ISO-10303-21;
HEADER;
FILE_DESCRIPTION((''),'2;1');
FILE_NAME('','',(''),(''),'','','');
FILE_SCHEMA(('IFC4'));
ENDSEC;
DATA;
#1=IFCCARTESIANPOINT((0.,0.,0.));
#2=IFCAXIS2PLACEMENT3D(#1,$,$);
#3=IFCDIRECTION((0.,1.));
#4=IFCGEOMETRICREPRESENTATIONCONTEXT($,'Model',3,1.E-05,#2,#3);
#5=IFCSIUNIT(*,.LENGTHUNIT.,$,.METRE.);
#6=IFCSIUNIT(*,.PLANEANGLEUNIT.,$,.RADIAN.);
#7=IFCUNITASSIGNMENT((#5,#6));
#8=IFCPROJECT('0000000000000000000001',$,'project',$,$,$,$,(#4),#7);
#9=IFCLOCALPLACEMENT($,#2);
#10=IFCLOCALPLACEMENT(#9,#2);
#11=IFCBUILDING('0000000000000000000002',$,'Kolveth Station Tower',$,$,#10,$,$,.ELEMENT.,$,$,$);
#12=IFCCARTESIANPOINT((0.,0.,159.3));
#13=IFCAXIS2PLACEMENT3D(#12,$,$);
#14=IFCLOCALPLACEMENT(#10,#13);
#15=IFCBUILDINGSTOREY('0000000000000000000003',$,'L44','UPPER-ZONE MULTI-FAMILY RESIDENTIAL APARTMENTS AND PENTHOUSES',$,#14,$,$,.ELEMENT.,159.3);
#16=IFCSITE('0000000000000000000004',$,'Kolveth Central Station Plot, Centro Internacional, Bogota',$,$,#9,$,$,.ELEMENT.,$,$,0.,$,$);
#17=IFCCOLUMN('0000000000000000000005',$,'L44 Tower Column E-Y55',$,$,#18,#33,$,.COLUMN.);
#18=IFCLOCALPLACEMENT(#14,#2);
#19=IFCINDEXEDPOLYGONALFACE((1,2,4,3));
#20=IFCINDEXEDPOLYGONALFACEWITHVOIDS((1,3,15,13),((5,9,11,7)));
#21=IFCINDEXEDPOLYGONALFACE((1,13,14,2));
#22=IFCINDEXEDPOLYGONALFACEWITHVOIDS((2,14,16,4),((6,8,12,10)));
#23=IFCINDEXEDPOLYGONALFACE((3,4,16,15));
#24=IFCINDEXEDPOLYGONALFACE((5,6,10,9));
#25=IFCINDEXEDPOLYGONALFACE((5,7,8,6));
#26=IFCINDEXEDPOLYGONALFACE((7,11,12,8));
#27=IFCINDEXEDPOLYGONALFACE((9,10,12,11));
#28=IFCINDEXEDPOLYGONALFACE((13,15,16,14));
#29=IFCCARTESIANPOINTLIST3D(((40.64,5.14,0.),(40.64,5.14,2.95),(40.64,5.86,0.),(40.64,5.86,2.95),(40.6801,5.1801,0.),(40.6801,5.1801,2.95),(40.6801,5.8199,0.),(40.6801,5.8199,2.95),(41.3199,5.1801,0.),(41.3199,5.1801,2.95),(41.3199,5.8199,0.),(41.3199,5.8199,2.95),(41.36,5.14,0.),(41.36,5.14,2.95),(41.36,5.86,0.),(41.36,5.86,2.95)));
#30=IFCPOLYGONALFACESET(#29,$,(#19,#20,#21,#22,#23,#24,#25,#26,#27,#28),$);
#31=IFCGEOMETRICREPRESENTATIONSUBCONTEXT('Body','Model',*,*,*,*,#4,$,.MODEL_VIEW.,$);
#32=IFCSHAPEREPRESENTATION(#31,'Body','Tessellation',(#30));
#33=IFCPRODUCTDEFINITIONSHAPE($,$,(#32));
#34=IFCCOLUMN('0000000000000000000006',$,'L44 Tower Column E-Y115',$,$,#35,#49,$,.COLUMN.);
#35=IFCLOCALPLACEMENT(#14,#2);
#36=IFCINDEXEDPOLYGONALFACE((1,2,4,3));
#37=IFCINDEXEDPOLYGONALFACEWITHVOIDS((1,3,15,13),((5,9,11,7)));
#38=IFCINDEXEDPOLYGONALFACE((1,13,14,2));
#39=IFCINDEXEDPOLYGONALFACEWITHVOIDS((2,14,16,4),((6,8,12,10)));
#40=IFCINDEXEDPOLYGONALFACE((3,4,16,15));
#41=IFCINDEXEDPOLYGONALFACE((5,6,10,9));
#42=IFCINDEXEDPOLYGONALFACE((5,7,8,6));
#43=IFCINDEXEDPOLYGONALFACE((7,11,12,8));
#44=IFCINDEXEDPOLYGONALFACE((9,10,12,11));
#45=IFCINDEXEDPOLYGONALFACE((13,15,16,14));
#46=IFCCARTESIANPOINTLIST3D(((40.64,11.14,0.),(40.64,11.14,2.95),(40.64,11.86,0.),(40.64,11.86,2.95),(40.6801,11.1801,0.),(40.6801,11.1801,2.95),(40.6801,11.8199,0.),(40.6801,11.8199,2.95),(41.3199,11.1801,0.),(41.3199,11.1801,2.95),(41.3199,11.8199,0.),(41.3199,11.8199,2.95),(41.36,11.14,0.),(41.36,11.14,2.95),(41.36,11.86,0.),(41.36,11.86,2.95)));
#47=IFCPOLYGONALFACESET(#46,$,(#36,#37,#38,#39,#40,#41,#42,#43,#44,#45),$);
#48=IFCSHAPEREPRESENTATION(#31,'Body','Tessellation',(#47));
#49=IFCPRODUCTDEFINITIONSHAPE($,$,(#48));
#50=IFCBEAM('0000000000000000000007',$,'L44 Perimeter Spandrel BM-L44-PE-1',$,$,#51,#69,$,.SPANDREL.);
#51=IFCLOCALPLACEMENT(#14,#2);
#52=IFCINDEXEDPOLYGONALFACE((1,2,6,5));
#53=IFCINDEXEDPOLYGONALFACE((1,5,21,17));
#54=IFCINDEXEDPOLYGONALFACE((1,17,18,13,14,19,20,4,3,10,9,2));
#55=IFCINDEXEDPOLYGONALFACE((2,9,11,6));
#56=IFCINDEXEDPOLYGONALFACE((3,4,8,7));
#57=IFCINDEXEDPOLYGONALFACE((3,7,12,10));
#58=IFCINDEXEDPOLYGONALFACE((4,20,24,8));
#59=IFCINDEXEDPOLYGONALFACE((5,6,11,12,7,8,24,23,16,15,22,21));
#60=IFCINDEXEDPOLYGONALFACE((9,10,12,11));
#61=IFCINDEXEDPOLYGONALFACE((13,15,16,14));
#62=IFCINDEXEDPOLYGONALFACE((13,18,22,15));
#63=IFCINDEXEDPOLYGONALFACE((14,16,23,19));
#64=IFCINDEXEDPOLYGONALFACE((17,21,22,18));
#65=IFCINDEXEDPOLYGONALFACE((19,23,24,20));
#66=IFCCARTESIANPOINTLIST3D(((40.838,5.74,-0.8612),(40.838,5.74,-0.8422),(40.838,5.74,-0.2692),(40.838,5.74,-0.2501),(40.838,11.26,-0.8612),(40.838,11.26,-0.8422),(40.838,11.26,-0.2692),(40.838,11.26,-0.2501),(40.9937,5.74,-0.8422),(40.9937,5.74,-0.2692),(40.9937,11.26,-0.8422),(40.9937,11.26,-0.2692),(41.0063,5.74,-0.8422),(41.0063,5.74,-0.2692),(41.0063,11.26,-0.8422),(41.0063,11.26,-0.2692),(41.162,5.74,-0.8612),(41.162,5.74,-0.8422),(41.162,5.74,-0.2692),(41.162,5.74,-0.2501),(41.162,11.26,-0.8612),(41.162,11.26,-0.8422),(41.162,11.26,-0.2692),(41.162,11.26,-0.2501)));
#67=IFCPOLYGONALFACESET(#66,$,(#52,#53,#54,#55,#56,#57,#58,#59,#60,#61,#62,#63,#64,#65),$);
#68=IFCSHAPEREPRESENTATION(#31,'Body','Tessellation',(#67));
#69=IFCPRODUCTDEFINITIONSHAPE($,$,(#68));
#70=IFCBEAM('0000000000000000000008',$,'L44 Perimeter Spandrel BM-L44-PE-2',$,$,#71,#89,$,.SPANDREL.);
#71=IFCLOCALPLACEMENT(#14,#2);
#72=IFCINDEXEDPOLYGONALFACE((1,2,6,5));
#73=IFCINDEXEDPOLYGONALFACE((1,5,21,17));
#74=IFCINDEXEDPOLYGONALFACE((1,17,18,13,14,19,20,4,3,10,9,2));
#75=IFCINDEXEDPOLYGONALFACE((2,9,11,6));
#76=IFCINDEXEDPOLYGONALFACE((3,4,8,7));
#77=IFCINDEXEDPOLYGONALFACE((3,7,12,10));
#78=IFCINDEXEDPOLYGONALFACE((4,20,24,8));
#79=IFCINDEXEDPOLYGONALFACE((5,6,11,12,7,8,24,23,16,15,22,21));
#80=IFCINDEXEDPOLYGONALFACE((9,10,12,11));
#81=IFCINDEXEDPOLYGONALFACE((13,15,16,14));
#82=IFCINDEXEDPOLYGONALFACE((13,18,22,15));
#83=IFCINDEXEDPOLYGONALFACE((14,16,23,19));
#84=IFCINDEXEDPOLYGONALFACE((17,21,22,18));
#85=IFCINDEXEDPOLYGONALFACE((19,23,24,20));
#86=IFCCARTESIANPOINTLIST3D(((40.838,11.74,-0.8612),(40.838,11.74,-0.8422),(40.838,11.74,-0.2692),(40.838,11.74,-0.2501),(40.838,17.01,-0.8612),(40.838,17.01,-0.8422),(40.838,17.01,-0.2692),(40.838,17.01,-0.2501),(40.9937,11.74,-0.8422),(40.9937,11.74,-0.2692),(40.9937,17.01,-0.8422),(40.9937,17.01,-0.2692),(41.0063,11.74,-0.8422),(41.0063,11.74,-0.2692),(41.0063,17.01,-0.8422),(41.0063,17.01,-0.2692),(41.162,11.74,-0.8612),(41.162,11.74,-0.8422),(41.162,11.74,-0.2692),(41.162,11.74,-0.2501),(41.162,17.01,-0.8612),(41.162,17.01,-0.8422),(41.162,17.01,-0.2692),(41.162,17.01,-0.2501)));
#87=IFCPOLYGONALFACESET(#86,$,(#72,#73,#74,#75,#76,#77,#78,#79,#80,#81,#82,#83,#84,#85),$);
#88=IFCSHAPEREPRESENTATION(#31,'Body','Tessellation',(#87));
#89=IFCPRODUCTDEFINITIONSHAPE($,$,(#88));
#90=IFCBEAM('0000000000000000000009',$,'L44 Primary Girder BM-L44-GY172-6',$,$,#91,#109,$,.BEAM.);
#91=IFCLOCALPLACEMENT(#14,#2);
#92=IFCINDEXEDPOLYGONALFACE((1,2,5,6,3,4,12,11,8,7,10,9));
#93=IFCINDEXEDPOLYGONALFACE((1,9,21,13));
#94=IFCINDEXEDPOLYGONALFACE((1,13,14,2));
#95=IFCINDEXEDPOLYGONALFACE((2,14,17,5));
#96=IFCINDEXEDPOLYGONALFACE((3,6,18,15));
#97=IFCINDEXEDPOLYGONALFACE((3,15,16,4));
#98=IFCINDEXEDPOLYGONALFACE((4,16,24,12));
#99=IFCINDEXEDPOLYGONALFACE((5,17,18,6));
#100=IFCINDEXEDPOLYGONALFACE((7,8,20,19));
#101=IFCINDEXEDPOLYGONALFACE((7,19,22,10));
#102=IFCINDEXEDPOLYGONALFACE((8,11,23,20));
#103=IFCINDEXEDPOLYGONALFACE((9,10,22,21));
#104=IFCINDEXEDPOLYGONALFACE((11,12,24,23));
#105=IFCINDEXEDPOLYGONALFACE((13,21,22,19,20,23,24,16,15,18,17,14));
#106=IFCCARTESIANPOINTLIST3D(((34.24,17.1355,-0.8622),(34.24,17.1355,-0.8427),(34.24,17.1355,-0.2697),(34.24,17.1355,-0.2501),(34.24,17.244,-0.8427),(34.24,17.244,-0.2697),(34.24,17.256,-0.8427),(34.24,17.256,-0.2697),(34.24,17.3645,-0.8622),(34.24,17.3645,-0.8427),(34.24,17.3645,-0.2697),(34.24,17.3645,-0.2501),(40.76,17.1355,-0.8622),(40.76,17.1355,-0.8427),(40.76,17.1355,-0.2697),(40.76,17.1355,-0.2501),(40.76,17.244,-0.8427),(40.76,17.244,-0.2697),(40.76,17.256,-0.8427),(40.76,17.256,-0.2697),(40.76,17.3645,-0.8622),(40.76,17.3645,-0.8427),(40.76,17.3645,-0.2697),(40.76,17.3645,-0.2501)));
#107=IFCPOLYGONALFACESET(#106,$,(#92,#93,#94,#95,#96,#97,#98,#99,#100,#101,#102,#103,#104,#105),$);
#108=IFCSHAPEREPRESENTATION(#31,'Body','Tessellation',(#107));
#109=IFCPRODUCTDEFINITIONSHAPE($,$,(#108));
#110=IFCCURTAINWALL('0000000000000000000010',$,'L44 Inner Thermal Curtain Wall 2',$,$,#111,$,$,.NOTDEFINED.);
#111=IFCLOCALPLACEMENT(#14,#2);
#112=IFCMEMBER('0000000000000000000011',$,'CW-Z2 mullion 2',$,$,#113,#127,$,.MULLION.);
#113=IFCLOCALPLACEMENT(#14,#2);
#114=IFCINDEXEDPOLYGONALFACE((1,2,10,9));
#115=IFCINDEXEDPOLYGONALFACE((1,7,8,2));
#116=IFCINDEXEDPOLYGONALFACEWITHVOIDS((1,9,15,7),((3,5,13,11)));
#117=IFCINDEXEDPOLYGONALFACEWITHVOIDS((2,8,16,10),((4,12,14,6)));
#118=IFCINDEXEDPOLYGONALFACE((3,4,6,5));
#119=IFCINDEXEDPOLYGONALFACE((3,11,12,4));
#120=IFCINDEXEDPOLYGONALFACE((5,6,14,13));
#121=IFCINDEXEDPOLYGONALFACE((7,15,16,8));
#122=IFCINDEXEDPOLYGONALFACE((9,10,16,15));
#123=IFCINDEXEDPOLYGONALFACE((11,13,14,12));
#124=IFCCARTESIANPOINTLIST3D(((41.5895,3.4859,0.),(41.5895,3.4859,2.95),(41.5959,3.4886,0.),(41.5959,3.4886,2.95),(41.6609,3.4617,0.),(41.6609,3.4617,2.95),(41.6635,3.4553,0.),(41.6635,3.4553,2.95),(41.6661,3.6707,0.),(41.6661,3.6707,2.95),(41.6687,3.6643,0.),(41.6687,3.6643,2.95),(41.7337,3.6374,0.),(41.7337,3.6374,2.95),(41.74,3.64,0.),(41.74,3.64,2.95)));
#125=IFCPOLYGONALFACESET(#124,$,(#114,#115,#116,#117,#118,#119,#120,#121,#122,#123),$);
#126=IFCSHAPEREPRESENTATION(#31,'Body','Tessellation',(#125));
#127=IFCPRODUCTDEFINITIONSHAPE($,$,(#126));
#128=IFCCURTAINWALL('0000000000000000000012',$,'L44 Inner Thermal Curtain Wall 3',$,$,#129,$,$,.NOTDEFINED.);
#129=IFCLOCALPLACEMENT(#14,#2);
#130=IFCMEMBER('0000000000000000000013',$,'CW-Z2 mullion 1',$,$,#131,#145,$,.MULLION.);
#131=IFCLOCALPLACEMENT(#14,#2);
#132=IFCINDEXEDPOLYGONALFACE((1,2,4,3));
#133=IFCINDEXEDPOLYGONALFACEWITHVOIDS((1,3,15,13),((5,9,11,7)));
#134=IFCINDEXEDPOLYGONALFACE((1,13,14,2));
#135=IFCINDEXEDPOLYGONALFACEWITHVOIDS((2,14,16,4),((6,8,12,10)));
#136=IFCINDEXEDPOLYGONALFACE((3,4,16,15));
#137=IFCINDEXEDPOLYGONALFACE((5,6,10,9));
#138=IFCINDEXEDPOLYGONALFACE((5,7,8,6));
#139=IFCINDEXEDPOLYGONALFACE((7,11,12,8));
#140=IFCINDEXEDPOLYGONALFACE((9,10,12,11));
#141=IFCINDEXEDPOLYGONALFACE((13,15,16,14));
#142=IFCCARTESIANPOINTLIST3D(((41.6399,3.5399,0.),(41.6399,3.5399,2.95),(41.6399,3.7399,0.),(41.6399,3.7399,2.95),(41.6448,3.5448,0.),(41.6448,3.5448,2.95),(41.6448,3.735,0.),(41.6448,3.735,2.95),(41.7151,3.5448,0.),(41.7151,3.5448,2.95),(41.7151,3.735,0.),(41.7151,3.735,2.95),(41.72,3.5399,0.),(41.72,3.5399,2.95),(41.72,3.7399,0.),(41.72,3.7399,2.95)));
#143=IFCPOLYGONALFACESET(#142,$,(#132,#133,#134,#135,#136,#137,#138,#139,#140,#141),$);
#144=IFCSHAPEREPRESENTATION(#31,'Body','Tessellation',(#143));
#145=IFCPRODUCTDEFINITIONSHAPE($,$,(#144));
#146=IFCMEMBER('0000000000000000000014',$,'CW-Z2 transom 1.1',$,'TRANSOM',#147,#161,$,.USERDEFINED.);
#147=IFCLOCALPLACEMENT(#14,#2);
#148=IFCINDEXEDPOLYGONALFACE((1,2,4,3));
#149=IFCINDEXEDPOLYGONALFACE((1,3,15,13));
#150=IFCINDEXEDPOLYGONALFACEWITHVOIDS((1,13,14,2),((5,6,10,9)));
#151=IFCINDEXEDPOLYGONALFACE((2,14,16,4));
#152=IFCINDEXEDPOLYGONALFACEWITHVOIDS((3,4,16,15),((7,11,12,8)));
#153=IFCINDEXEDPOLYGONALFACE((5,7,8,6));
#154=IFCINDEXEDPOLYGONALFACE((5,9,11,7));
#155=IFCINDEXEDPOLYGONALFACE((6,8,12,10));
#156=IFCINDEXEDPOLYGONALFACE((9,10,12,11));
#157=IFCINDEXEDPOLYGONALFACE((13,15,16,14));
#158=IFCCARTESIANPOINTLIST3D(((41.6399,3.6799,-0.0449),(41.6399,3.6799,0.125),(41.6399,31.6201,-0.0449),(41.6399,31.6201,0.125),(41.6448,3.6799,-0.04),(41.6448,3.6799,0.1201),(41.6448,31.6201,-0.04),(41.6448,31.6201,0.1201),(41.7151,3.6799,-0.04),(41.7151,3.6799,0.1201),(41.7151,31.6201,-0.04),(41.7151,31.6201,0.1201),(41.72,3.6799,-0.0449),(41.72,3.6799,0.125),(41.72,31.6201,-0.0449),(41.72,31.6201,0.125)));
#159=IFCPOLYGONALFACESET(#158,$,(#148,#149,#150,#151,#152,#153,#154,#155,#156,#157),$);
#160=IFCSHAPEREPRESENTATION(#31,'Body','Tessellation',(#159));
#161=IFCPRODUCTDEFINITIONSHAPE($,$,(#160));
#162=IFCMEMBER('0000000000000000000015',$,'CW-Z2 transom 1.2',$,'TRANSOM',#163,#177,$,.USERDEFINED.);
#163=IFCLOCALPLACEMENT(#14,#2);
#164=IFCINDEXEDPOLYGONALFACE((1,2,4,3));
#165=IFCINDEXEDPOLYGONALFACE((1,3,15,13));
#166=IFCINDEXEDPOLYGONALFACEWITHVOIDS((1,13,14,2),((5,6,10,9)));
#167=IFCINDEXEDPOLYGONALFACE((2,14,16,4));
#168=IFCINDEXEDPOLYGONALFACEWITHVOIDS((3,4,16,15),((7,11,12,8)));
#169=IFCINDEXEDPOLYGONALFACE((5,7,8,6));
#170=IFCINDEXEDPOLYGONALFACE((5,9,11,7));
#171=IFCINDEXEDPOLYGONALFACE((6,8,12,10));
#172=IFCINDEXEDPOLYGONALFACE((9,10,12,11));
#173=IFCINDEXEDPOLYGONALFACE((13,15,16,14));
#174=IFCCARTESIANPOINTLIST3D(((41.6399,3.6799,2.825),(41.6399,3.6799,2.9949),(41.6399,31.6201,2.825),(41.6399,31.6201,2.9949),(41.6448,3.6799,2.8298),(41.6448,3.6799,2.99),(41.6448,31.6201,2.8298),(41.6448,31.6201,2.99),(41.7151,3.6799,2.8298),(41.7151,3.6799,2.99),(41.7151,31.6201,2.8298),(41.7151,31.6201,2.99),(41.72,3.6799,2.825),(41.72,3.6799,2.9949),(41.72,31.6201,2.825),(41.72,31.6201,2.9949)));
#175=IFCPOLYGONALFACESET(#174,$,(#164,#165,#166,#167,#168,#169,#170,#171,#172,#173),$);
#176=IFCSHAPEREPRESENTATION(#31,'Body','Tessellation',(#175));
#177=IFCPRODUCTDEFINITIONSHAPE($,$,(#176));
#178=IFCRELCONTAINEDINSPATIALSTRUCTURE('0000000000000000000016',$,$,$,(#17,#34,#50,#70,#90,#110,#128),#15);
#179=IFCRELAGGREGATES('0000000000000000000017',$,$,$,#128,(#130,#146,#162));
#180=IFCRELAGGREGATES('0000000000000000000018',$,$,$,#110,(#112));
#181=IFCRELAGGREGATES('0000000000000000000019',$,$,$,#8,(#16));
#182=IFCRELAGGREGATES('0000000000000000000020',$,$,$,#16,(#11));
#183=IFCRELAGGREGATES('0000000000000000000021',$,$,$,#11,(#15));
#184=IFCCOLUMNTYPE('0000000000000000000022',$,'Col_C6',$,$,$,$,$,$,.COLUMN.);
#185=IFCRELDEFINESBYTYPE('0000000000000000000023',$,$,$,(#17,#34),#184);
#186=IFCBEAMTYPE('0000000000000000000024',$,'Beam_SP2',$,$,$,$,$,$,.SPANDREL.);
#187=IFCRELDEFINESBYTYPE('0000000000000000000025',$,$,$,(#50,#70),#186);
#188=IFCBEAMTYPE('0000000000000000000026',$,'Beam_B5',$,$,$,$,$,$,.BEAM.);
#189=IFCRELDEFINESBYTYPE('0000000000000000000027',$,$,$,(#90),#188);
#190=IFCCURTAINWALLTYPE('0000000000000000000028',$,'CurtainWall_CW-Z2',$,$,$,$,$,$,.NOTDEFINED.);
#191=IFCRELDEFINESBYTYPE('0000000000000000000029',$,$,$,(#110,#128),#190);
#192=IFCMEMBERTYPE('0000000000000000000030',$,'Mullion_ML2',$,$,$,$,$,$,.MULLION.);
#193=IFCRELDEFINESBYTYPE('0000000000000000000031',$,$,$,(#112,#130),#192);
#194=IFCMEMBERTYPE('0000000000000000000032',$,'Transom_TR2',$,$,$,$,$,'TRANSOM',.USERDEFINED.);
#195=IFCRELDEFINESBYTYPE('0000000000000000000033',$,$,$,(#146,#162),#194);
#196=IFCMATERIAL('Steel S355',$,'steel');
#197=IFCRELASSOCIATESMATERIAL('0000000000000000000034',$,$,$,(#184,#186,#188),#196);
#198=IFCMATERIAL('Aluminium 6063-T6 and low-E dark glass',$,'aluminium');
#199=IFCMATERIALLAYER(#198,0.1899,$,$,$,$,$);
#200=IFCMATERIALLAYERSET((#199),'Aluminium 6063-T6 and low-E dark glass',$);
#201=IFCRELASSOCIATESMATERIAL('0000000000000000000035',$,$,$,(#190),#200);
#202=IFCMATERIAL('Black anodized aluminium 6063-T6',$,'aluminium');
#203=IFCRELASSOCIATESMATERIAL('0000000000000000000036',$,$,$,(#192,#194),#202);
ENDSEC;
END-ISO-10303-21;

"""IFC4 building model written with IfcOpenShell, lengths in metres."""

from ifc_helpers import new_model, si_unit, direction, frame, origin, origin_2d, place, context, subcontext, project, spatial, hollow_rectangle, i_section, extrude, source, transform, mapped, material, layer, layer_set, material_profile, profile_set, type_object, element, aggregate, save


model = new_model("IFC4")

# Units and contexts
model_context = context("Model", 3, precision=1e-05, world=origin(), true_north=direction((0.0, 1.0)))
body_context = subcontext(model_context, "Body", "Model", "MODEL_VIEW")
ifc_project = project(units=[si_unit("LENGTHUNIT", "METRE"), si_unit("PLANEANGLEUNIT", "RADIAN")], contexts=[model_context])

# Site, building, storey
site_placement = place(None, origin())
site = spatial("IfcSite", under=ifc_project, at=site_placement, Name="Kolveth Central Station Plot, Centro Internacional, Bogota", CompositionType="ELEMENT", RefElevation=0.0)
building_placement = place(site_placement, origin())
building = spatial("IfcBuilding", under=site, at=building_placement, Name="Kolveth Station Tower", CompositionType="ELEMENT")
storey_placement = place(building_placement, frame((0.0, 0.0, 159.3)))
storey = spatial("IfcBuildingStorey", under=building, at=storey_placement, Name="L44", Description="UPPER-ZONE MULTI-FAMILY RESIDENTIAL APARTMENTS AND PENTHOUSES", CompositionType="ELEMENT", Elevation=159.3)

# Columns
ifc_material_1 = material(Name="Steel S355", Category="steel")
ifc_material_profile_1 = material_profile(ifc_material_1, hollow_rectangle(XDim=0.72, YDim=0.72, WallThickness=0.04, at=origin_2d()), Name="BOX720x720x40")
ifc_profile_set_1 = profile_set([ifc_material_profile_1], Name="Steel S355")
column_type = type_object("IfcColumnType", Name="Col_C6", PredefinedType="COLUMN", material=ifc_profile_set_1)
shared_shape_1 = source(origin(), body_context, "Body", "SweptSolid", [
    extrude(hollow_rectangle(XDim=0.72, YDim=0.72, WallThickness=0.04, at=origin_2d()), origin(), (0.0, 0.0, 1.0), 2.95),
])
for number, where, z_axis, x_axis, name in (
    (1, (41.0, 5.5, 0.0), (0.0, 0.0, 1.0), (1.0, 0.0, 0.0), "L44 Tower Column E-Y55"),
    (2, (41.0, 11.5, 0.0), (0.0, 0.0, 1.0), (1.0, 0.0, 0.0), "L44 Tower Column E-Y115"),
):
    element("IfcColumn", number, at=place(storey_placement, frame(where, z_axis=z_axis, x_axis=x_axis)), inside=storey, type_object=column_type, Name=name, PredefinedType="COLUMN", context=body_context, shape_type="MappedRepresentation", body=[
        mapped(shared_shape_1, transform((0.0, 0.0, 0.0), x_axis=(1.0, 0.0, 0.0), y_axis=(0.0, 1.0, 0.0), z_axis=(0.0, 0.0, 1.0), scale=1.0)),
    ])

# Beams
ifc_material_profile_2 = material_profile(ifc_material_1, i_section(OverallWidth=0.324, OverallDepth=0.6111, WebThickness=0.0127, FlangeThickness=0.019, at=origin_2d()), Name="W610x155")
ifc_profile_set_2 = profile_set([ifc_material_profile_2], Name="Steel S355")
beam_type_1 = type_object("IfcBeamType", Name="Beam_SP2", PredefinedType="SPANDREL", material=ifc_profile_set_2)
shared_shape_2 = source(origin(), body_context, "Body", "SweptSolid", [
    extrude(i_section(OverallWidth=0.324, OverallDepth=0.6111, WebThickness=0.0127, FlangeThickness=0.019, at=origin_2d()), origin(), (0.0, 0.0, 1.0), 5.52),
])
beam_1_placement = place(storey_placement, frame((41.0, 5.74, -0.5557), z_axis=(0.0, 1.0, 0.0), x_axis=(-1.0, 0.0, 0.0)))
element("IfcBeam", 3, at=beam_1_placement, inside=storey, type_object=beam_type_1, Name="L44 Perimeter Spandrel BM-L44-PE-1", PredefinedType="SPANDREL", context=body_context, shape_type="MappedRepresentation", body=[
    mapped(shared_shape_2, transform((0.0, 0.0, 0.0), x_axis=(1.0, 0.0, 0.0), y_axis=(0.0, 1.0, 0.0), z_axis=(0.0, 0.0, 1.0), scale=1.0)),
])
shared_shape_3 = source(origin(), body_context, "Body", "SweptSolid", [
    extrude(i_section(OverallWidth=0.324, OverallDepth=0.6111, WebThickness=0.0127, FlangeThickness=0.019, at=origin_2d()), origin(), (0.0, 0.0, 1.0), 5.27),
])
beam_2_placement = place(storey_placement, frame((41.0, 11.74, -0.5557), z_axis=(0.0, 1.0, 0.0), x_axis=(-1.0, 0.0, 0.0)))
element("IfcBeam", 4, at=beam_2_placement, inside=storey, type_object=beam_type_1, Name="L44 Perimeter Spandrel BM-L44-PE-2", PredefinedType="SPANDREL", context=body_context, shape_type="MappedRepresentation", body=[
    mapped(shared_shape_3, transform((0.0, 0.0, 0.0), x_axis=(1.0, 0.0, 0.0), y_axis=(0.0, 1.0, 0.0), z_axis=(0.0, 0.0, 1.0), scale=1.0)),
])
ifc_material_profile_3 = material_profile(ifc_material_1, i_section(OverallWidth=0.229, OverallDepth=0.6121, WebThickness=0.012, FlangeThickness=0.0195, at=origin_2d()), Name="W610x125")
ifc_profile_set_3 = profile_set([ifc_material_profile_3], Name="Steel S355")
beam_type_2 = type_object("IfcBeamType", Name="Beam_B5", PredefinedType="BEAM", material=ifc_profile_set_3)
shared_shape_4 = source(origin(), body_context, "Body", "SweptSolid", [
    extrude(i_section(OverallWidth=0.229, OverallDepth=0.6121, WebThickness=0.012, FlangeThickness=0.0195, at=origin_2d()), origin(), (0.0, 0.0, 1.0), 6.52),
])
beam_3_placement = place(storey_placement, frame((34.24, 17.25, -0.5562), z_axis=(1.0, 0.0, 0.0), x_axis=(0.0, 1.0, 0.0)))
element("IfcBeam", 5, at=beam_3_placement, inside=storey, type_object=beam_type_2, Name="L44 Primary Girder BM-L44-GY172-6", PredefinedType="BEAM", context=body_context, shape_type="MappedRepresentation", body=[
    mapped(shared_shape_4, transform((0.0, 0.0, 0.0), x_axis=(1.0, 0.0, 0.0), y_axis=(0.0, 1.0, 0.0), z_axis=(0.0, 0.0, 1.0), scale=1.0)),
])

# Curtain wall, member
ifc_material_2 = material(Name="Aluminium 6063-T6 and low-E dark glass", Category="aluminium")
ifc_layer_1 = layer(ifc_material_2, 0.1899)
ifc_layer_set_1 = layer_set([ifc_layer_1], Name="Aluminium 6063-T6 and low-E dark glass")
curtain_wall_type_1 = type_object("IfcCurtainWallType", Name="CurtainWall_CW-Z2", PredefinedType="NOTDEFINED", material=ifc_layer_set_1)
curtain_wall_1_placement = place(storey_placement, origin())
curtain_wall_1 = element("IfcCurtainWall", 6, at=curtain_wall_1_placement, inside=storey, type_object=curtain_wall_type_1, Name="L44 Inner Thermal Curtain Wall 2", PredefinedType="NOTDEFINED")
ifc_material_3 = material(Name="Black anodized aluminium 6063-T6", Category="aluminium")
ifc_material_profile_4 = material_profile(ifc_material_3, hollow_rectangle(XDim=0.0801, YDim=0.2, WallThickness=0.0049, at=origin_2d()), Name="ALU-80x200x5")
ifc_profile_set_4 = profile_set([ifc_material_profile_4], Name="Black anodized aluminium 6063-T6")
member_type_1 = type_object("IfcMemberType", Name="Mullion_ML2", PredefinedType="MULLION", material=ifc_profile_set_4)
shared_shape_5 = source(origin(), body_context, "Body", "SweptSolid", [
    extrude(hollow_rectangle(XDim=0.0801, YDim=0.2, WallThickness=0.0049, at=origin_2d()), origin(), (0.0, 0.0, 1.0), 2.95),
])
member_1_placement = place(storey_placement, frame((41.6648, 3.563, 0.0), z_axis=(0.0, 0.0, 1.0), x_axis=(-0.923874, 0.382698, 0.0)))
member_1 = element("IfcMember", 7, at=member_1_placement, type_object=member_type_1, Name="CW-Z2 mullion 2", PredefinedType="MULLION", context=body_context, shape_type="MappedRepresentation", body=[
    mapped(shared_shape_5, transform((0.0, 0.0, 0.0), x_axis=(1.0, 0.0, 0.0), y_axis=(0.0, 1.0, 0.0), z_axis=(0.0, 0.0, 1.0), scale=1.0)),
])

# Curtain wall, members
curtain_wall_2_placement = place(storey_placement, origin())
curtain_wall_2 = element("IfcCurtainWall", 8, at=curtain_wall_2_placement, inside=storey, type_object=curtain_wall_type_1, Name="L44 Inner Thermal Curtain Wall 3", PredefinedType="NOTDEFINED")
member_2_placement = place(storey_placement, frame((41.6799, 3.6399, 0.0), z_axis=(0.0, 0.0, 1.0), x_axis=(-1.0, 0.0, 0.0)))
member_2 = element("IfcMember", 9, at=member_2_placement, type_object=member_type_1, Name="CW-Z2 mullion 1", PredefinedType="MULLION", context=body_context, shape_type="MappedRepresentation", body=[
    mapped(shared_shape_5, transform((0.0, 0.0, 0.0), x_axis=(1.0, 0.0, 0.0), y_axis=(0.0, 1.0, 0.0), z_axis=(0.0, 0.0, 1.0), scale=1.0)),
])
ifc_material_profile_5 = material_profile(ifc_material_3, hollow_rectangle(XDim=0.0801, YDim=0.1699, WallThickness=0.0049, at=origin_2d()), Name="ALU-80x170x5")
ifc_profile_set_5 = profile_set([ifc_material_profile_5], Name="Black anodized aluminium 6063-T6")
member_type_2 = type_object("IfcMemberType", Name="Transom_TR2", ElementType="TRANSOM", PredefinedType="USERDEFINED", material=ifc_profile_set_5)
shared_shape_6 = source(origin(), body_context, "Body", "SweptSolid", [
    extrude(hollow_rectangle(XDim=0.0801, YDim=0.1699, WallThickness=0.0049, at=origin_2d()), origin(), (0.0, 0.0, 1.0), 27.9402),
])
member_3_placement = place(storey_placement, frame((41.6799, 3.6799, 0.04), z_axis=(0.0, 1.0, 0.0), x_axis=(-1.0, 0.0, 0.0)))
member_3 = element("IfcMember", 10, at=member_3_placement, type_object=member_type_2, Name="CW-Z2 transom 1.1", ObjectType="TRANSOM", PredefinedType="USERDEFINED", context=body_context, shape_type="MappedRepresentation", body=[
    mapped(shared_shape_6, transform((0.0, 0.0, 0.0), x_axis=(1.0, 0.0, 0.0), y_axis=(0.0, 1.0, 0.0), z_axis=(0.0, 0.0, 1.0), scale=1.0)),
])
member_4_placement = place(storey_placement, frame((41.6799, 3.6799, 2.9099), z_axis=(0.0, 1.0, 0.0), x_axis=(-1.0, 0.0, 0.0)))
member_4 = element("IfcMember", 11, at=member_4_placement, type_object=member_type_2, Name="CW-Z2 transom 1.2", ObjectType="TRANSOM", PredefinedType="USERDEFINED", context=body_context, shape_type="MappedRepresentation", body=[
    mapped(shared_shape_6, transform((0.0, 0.0, 0.0), x_axis=(1.0, 0.0, 0.0), y_axis=(0.0, 1.0, 0.0), z_axis=(0.0, 0.0, 1.0), scale=1.0)),
])
aggregate(curtain_wall_2, [member_2, member_3, member_4])

aggregate(curtain_wall_1, [member_1])

save(model, "model.ifc")
